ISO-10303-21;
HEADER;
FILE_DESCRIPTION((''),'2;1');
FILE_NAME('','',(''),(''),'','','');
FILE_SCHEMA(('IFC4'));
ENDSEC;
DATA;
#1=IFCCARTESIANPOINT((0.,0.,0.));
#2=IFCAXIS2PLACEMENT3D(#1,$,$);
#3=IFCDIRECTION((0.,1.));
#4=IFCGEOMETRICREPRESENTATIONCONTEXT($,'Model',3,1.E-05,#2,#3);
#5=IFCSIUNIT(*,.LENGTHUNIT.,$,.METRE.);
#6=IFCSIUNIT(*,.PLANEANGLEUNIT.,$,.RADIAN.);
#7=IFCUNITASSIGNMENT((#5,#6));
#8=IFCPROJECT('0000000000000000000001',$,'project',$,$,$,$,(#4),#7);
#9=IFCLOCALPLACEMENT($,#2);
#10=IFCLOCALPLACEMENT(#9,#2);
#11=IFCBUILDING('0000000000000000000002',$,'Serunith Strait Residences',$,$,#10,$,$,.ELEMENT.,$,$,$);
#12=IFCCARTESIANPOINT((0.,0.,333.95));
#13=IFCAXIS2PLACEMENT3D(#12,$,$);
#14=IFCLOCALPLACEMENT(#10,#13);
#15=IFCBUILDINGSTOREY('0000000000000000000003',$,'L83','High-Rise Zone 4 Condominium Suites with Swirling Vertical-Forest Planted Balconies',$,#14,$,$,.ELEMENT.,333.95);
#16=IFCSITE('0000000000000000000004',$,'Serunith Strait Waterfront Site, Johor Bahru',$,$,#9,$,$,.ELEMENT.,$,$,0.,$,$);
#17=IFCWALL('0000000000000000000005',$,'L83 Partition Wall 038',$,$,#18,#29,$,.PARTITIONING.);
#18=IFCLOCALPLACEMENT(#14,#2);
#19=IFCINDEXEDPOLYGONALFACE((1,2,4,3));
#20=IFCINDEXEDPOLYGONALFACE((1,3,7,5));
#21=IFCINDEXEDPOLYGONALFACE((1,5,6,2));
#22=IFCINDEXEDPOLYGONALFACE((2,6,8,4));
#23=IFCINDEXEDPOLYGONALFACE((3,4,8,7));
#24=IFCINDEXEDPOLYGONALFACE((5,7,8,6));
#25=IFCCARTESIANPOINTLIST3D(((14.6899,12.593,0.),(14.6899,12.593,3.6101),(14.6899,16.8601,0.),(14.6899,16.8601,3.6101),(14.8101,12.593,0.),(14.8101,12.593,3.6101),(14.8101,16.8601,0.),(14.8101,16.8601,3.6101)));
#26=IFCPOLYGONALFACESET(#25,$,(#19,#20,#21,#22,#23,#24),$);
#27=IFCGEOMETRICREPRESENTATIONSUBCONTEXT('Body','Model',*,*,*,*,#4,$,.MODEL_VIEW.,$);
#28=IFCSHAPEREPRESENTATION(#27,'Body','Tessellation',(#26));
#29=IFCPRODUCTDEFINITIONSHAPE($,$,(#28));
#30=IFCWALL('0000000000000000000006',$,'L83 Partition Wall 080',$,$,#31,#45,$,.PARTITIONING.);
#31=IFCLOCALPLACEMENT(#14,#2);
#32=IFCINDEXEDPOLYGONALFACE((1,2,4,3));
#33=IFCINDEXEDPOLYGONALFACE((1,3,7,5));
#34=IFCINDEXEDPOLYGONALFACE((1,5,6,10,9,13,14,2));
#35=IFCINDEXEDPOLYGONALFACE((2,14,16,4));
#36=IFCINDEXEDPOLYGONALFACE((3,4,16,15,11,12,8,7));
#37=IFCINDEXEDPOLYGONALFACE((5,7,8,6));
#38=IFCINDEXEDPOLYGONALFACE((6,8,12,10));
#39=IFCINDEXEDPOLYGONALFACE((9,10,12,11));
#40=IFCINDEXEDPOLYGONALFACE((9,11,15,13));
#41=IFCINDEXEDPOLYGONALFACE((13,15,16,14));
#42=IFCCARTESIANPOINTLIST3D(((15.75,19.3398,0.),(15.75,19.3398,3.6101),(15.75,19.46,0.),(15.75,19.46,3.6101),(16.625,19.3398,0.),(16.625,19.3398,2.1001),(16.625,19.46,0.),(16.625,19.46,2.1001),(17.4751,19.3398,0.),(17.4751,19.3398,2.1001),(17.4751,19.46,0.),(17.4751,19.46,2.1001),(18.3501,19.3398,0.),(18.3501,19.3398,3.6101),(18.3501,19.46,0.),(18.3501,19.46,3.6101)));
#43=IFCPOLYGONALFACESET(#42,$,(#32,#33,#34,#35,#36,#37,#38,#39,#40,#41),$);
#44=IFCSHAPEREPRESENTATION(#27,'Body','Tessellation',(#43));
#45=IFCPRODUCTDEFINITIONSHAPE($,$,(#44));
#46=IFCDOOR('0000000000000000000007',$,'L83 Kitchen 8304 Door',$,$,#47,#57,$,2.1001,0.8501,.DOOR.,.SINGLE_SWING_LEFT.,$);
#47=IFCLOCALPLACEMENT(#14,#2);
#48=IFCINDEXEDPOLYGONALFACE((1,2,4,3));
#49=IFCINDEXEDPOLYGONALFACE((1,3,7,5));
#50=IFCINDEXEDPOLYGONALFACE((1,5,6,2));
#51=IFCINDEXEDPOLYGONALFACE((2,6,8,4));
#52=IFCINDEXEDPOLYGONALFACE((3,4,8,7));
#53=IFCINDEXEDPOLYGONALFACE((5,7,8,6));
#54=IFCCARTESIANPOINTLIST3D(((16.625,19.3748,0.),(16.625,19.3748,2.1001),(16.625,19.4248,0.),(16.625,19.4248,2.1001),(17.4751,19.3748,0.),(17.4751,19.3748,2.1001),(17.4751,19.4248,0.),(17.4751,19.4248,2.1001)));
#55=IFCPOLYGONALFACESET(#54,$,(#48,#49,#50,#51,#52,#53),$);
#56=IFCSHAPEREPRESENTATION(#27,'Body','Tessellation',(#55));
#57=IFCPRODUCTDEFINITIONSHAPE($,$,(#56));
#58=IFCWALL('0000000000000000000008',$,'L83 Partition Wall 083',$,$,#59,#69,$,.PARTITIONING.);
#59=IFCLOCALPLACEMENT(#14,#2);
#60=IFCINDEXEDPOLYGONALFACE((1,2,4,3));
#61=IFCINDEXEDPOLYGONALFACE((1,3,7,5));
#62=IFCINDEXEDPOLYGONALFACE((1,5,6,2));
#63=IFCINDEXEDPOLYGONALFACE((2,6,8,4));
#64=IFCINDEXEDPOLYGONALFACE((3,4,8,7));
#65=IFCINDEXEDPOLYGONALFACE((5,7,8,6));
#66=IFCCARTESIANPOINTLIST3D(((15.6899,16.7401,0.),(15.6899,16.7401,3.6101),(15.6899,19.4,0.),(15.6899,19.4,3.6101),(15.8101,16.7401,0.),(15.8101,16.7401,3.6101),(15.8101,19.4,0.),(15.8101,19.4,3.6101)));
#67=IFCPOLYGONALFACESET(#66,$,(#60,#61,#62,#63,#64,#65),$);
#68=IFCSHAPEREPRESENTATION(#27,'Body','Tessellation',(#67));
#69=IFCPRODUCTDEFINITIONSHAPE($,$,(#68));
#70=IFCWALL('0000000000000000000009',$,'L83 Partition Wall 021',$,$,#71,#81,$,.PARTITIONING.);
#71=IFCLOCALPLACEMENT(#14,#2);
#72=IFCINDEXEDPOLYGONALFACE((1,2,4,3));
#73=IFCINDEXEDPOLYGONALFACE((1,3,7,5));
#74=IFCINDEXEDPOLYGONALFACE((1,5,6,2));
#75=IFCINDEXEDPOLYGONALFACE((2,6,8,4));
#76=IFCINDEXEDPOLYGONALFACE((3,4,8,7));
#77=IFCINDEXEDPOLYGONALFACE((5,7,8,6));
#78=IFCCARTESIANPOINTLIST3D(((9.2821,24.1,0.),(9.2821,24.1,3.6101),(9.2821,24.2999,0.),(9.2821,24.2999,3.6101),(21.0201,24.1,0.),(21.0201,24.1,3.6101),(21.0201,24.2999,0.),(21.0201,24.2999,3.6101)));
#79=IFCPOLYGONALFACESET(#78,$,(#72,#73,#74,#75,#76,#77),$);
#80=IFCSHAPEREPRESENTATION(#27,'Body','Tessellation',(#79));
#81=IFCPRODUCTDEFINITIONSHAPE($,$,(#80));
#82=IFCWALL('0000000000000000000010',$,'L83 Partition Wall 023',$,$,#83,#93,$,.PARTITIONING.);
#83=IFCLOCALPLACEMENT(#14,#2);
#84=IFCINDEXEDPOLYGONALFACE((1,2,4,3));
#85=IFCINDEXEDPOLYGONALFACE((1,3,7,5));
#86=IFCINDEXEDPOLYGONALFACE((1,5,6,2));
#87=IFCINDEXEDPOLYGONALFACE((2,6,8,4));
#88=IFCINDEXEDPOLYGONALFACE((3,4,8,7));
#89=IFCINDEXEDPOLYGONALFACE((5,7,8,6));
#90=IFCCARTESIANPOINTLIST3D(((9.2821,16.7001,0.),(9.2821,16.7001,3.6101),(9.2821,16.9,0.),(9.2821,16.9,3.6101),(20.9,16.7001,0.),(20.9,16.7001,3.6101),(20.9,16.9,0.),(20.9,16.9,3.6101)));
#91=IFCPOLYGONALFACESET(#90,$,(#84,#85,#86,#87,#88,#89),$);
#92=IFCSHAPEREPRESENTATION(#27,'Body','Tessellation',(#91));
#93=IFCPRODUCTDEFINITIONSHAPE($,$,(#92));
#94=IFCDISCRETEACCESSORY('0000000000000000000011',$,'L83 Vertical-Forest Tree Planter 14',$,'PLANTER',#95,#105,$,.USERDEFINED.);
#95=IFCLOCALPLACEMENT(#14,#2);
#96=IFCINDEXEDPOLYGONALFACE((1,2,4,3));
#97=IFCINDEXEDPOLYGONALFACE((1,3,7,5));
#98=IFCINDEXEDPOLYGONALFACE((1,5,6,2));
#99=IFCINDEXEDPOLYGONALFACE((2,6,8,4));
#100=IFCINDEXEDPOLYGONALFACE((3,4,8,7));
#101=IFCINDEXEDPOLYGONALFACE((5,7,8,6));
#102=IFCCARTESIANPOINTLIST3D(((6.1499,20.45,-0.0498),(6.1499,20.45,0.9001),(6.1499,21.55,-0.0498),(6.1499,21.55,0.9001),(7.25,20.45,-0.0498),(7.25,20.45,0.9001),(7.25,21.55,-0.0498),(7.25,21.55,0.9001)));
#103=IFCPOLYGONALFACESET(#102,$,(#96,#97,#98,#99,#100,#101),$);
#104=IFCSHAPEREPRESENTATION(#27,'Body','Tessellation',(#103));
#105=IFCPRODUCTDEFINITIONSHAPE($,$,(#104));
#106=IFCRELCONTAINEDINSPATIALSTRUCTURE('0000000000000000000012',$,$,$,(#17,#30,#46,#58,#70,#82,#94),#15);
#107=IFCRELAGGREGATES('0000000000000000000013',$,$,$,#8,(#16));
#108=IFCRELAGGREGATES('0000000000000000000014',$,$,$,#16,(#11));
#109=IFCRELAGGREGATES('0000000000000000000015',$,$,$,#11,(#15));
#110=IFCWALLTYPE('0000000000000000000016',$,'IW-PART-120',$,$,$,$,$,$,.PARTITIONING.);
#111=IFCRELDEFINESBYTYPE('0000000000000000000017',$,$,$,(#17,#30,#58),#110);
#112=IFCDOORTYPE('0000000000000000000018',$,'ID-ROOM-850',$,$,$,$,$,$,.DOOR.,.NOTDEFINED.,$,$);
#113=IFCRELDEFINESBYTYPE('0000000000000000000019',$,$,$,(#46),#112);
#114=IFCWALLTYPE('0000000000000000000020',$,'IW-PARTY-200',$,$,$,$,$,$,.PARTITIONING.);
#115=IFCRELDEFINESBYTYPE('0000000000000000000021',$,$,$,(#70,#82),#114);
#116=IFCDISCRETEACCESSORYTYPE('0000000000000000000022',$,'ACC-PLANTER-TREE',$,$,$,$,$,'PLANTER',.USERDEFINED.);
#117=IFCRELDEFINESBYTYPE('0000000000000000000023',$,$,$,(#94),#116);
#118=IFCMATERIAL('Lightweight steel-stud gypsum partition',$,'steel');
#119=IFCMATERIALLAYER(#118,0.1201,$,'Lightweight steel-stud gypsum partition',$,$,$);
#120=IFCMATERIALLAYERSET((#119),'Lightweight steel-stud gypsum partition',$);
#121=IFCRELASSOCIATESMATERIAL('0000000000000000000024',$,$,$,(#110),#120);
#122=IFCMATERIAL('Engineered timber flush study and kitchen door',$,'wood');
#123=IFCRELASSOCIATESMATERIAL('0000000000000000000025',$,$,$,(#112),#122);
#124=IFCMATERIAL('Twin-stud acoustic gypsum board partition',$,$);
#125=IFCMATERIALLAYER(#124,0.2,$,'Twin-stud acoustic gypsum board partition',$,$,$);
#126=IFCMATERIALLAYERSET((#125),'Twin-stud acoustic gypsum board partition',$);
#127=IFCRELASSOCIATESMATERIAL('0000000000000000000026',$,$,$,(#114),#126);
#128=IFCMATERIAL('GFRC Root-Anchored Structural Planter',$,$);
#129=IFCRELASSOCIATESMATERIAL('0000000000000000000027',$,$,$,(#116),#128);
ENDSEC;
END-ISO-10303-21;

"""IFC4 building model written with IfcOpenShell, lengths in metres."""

from ifc_helpers import new_model, si_unit, direction, frame, frame_2d, origin, origin_2d, place, context, subcontext, project, spatial, rectangle, extrude, source, transform, mapped, material, layer, layer_set, type_object, element, fill, save


model = new_model("IFC4")

# Units and contexts
model_context = context("Model", 3, precision=1e-05, world=origin(), true_north=direction((0.0, 1.0)))
body_context = subcontext(model_context, "Body", "Model", "MODEL_VIEW")
ifc_project = project(units=[si_unit("LENGTHUNIT", "METRE"), si_unit("PLANEANGLEUNIT", "RADIAN")], contexts=[model_context])

# Site, building, storey
site_placement = place(None, origin())
site = spatial("IfcSite", under=ifc_project, at=site_placement, Name="Serunith Strait Waterfront Site, Johor Bahru", CompositionType="ELEMENT", RefElevation=0.0)
building_placement = place(site_placement, origin())
building = spatial("IfcBuilding", under=site, at=building_placement, Name="Serunith Strait Residences", CompositionType="ELEMENT")
storey_placement = place(building_placement, frame((0.0, 0.0, 333.95)))
storey = spatial("IfcBuildingStorey", under=building, at=storey_placement, Name="L83", Description="High-Rise Zone 4 Condominium Suites with Swirling Vertical-Forest Planted Balconies", CompositionType="ELEMENT", Elevation=333.95)

# Shared definitions
ifc_material_1 = material(Name="Lightweight steel-stud gypsum partition", Category="steel")
ifc_layer_1 = layer(ifc_material_1, 0.1201, Name="Lightweight steel-stud gypsum partition")
ifc_layer_set_1 = layer_set([ifc_layer_1], Name="Lightweight steel-stud gypsum partition")
wall_type_1 = type_object("IfcWallType", Name="IW-PART-120", PredefinedType="PARTITIONING", material=ifc_layer_set_1)
ifc_material_2 = material(Name="Engineered timber flush study and kitchen door", Category="wood")
door_type_1 = type_object("IfcDoorType", Name="ID-ROOM-850", OperationType="NOTDEFINED", PredefinedType="DOOR", material=ifc_material_2)
shared_shape_1 = source(origin(), body_context, "Body", "SweptSolid", [
    extrude(rectangle(XDim=0.8501, YDim=2.1001, at=frame_2d((0.425, 1.05))), frame((0.0, 0.0249, 0.0), z_axis=(0.0, -1.0, 0.0), x_axis=(1.0, 0.0, 0.0)), (0.0, 0.0, 1.0), 0.05),
])

# Wall
wall_1_placement = place(storey_placement, frame((14.75, 12.593, 0.0), z_axis=(0.0, 0.0, 1.0), x_axis=(0.0, 1.0, 0.0)))
element("IfcWall", 1, at=wall_1_placement, inside=storey, type_object=wall_type_1, Name="L83 Partition Wall 038", PredefinedType="PARTITIONING", context=body_context, shape_type="SweptSolid", body=[
    extrude(rectangle(XDim=4.2671, YDim=0.1201, at=frame_2d((2.1335, 0.0))), origin(), (0.0, 0.0, 1.0), 3.6101),
])

# Wall, opening, door
wall_2_placement = place(storey_placement, frame((15.75, 19.3999, 0.0), z_axis=(0.0, 0.0, 1.0), x_axis=(1.0, 0.0, 0.0)))
wall_2 = element("IfcWall", 2, at=wall_2_placement, inside=storey, type_object=wall_type_1, Name="L83 Partition Wall 080", PredefinedType="PARTITIONING", context=body_context, shape_type="SweptSolid", body=[
    extrude(rectangle(XDim=2.6001, YDim=0.1201, at=frame_2d((1.3, 0.0))), origin(), (0.0, 0.0, 1.0), 3.6101),
])
opening_1_placement = place(wall_2_placement, frame((0.875, 0.0, 0.0)))
opening_1 = element("IfcOpeningElement", 3, at=opening_1_placement, cuts=wall_2, PredefinedType="OPENING", context=body_context, shape_type="SweptSolid", body=[
    extrude(rectangle(XDim=0.8501, YDim=2.1001, at=frame_2d((0.425, 1.05))), frame((0.0, 0.0701, 0.0), z_axis=(0.0, -1.0, 0.0), x_axis=(1.0, 0.0, 0.0)), (0.0, 0.0, 1.0), 0.1401),
])
door_1_placement = place(opening_1_placement, origin())
door_1 = element("IfcDoor", 4, at=door_1_placement, inside=storey, type_object=door_type_1, Name="L83 Kitchen 8304 Door", OperationType="SINGLE_SWING_LEFT", OverallHeight=2.1001, OverallWidth=0.8501, PredefinedType="DOOR", context=body_context, shape_type="MappedRepresentation", body=[
    mapped(shared_shape_1, transform((0.0, 0.0, 0.0), scale=1.0)),
])
fill(opening_1, door_1)

# Walls
wall_3_placement = place(storey_placement, frame((15.75, 16.74, 0.0), z_axis=(0.0, 0.0, 1.0), x_axis=(0.0, 1.0, 0.0)))
element("IfcWall", 5, at=wall_3_placement, inside=storey, type_object=wall_type_1, Name="L83 Partition Wall 083", PredefinedType="PARTITIONING", context=body_context, shape_type="SweptSolid", body=[
    extrude(rectangle(XDim=2.6599, YDim=0.1201, at=frame_2d((1.3301, 0.0))), origin(), (0.0, 0.0, 1.0), 3.6101),
])
ifc_material_3 = material(Name="Twin-stud acoustic gypsum board partition")
ifc_layer_2 = layer(ifc_material_3, 0.2, Name="Twin-stud acoustic gypsum board partition")
ifc_layer_set_2 = layer_set([ifc_layer_2], Name="Twin-stud acoustic gypsum board partition")
wall_type_2 = type_object("IfcWallType", Name="IW-PARTY-200", PredefinedType="PARTITIONING", material=ifc_layer_set_2)
wall_4_placement = place(storey_placement, frame((9.282, 24.2, 0.0), z_axis=(0.0, 0.0, 1.0), x_axis=(1.0, 0.0, 0.0)))
element("IfcWall", 6, at=wall_4_placement, inside=storey, type_object=wall_type_2, Name="L83 Partition Wall 021", PredefinedType="PARTITIONING", context=body_context, shape_type="SweptSolid", body=[
    extrude(rectangle(XDim=11.738, YDim=0.2, at=frame_2d((5.8691, 0.0))), origin(), (0.0, 0.0, 1.0), 3.6101),
])
wall_5_placement = place(storey_placement, frame((9.282, 16.8, 0.0), z_axis=(0.0, 0.0, 1.0), x_axis=(1.0, 0.0, 0.0)))
element("IfcWall", 7, at=wall_5_placement, inside=storey, type_object=wall_type_2, Name="L83 Partition Wall 023", PredefinedType="PARTITIONING", context=body_context, shape_type="SweptSolid", body=[
    extrude(rectangle(XDim=11.6179, YDim=0.2, at=frame_2d((5.8091, 0.0))), origin(), (0.0, 0.0, 1.0), 3.6101),
])

# Discrete accessory
ifc_material_4 = material(Name="GFRC Root-Anchored Structural Planter")
discrete_accessory_type = type_object("IfcDiscreteAccessoryType", Name="ACC-PLANTER-TREE", ElementType="PLANTER", PredefinedType="USERDEFINED", material=ifc_material_4)
shared_shape_2 = source(origin(), body_context, "Body", "SweptSolid", [
    extrude(rectangle(XDim=1.1001, YDim=1.1001, at=origin_2d()), origin(), (0.0, 0.0, 1.0), 0.95),
])
discrete_accessory_placement = place(storey_placement, frame((6.7, 21.0, -0.0498), z_axis=(0.0, 0.0, 1.0), x_axis=(0.0, -1.0, 0.0)))
element("IfcDiscreteAccessory", 8, at=discrete_accessory_placement, inside=storey, type_object=discrete_accessory_type, Name="L83 Vertical-Forest Tree Planter 14", ObjectType="PLANTER", PredefinedType="USERDEFINED", context=body_context, shape_type="MappedRepresentation", body=[
    mapped(shared_shape_2, transform((0.0, 0.0, 0.0), scale=1.0)),
])

save(model, "model.ifc")
